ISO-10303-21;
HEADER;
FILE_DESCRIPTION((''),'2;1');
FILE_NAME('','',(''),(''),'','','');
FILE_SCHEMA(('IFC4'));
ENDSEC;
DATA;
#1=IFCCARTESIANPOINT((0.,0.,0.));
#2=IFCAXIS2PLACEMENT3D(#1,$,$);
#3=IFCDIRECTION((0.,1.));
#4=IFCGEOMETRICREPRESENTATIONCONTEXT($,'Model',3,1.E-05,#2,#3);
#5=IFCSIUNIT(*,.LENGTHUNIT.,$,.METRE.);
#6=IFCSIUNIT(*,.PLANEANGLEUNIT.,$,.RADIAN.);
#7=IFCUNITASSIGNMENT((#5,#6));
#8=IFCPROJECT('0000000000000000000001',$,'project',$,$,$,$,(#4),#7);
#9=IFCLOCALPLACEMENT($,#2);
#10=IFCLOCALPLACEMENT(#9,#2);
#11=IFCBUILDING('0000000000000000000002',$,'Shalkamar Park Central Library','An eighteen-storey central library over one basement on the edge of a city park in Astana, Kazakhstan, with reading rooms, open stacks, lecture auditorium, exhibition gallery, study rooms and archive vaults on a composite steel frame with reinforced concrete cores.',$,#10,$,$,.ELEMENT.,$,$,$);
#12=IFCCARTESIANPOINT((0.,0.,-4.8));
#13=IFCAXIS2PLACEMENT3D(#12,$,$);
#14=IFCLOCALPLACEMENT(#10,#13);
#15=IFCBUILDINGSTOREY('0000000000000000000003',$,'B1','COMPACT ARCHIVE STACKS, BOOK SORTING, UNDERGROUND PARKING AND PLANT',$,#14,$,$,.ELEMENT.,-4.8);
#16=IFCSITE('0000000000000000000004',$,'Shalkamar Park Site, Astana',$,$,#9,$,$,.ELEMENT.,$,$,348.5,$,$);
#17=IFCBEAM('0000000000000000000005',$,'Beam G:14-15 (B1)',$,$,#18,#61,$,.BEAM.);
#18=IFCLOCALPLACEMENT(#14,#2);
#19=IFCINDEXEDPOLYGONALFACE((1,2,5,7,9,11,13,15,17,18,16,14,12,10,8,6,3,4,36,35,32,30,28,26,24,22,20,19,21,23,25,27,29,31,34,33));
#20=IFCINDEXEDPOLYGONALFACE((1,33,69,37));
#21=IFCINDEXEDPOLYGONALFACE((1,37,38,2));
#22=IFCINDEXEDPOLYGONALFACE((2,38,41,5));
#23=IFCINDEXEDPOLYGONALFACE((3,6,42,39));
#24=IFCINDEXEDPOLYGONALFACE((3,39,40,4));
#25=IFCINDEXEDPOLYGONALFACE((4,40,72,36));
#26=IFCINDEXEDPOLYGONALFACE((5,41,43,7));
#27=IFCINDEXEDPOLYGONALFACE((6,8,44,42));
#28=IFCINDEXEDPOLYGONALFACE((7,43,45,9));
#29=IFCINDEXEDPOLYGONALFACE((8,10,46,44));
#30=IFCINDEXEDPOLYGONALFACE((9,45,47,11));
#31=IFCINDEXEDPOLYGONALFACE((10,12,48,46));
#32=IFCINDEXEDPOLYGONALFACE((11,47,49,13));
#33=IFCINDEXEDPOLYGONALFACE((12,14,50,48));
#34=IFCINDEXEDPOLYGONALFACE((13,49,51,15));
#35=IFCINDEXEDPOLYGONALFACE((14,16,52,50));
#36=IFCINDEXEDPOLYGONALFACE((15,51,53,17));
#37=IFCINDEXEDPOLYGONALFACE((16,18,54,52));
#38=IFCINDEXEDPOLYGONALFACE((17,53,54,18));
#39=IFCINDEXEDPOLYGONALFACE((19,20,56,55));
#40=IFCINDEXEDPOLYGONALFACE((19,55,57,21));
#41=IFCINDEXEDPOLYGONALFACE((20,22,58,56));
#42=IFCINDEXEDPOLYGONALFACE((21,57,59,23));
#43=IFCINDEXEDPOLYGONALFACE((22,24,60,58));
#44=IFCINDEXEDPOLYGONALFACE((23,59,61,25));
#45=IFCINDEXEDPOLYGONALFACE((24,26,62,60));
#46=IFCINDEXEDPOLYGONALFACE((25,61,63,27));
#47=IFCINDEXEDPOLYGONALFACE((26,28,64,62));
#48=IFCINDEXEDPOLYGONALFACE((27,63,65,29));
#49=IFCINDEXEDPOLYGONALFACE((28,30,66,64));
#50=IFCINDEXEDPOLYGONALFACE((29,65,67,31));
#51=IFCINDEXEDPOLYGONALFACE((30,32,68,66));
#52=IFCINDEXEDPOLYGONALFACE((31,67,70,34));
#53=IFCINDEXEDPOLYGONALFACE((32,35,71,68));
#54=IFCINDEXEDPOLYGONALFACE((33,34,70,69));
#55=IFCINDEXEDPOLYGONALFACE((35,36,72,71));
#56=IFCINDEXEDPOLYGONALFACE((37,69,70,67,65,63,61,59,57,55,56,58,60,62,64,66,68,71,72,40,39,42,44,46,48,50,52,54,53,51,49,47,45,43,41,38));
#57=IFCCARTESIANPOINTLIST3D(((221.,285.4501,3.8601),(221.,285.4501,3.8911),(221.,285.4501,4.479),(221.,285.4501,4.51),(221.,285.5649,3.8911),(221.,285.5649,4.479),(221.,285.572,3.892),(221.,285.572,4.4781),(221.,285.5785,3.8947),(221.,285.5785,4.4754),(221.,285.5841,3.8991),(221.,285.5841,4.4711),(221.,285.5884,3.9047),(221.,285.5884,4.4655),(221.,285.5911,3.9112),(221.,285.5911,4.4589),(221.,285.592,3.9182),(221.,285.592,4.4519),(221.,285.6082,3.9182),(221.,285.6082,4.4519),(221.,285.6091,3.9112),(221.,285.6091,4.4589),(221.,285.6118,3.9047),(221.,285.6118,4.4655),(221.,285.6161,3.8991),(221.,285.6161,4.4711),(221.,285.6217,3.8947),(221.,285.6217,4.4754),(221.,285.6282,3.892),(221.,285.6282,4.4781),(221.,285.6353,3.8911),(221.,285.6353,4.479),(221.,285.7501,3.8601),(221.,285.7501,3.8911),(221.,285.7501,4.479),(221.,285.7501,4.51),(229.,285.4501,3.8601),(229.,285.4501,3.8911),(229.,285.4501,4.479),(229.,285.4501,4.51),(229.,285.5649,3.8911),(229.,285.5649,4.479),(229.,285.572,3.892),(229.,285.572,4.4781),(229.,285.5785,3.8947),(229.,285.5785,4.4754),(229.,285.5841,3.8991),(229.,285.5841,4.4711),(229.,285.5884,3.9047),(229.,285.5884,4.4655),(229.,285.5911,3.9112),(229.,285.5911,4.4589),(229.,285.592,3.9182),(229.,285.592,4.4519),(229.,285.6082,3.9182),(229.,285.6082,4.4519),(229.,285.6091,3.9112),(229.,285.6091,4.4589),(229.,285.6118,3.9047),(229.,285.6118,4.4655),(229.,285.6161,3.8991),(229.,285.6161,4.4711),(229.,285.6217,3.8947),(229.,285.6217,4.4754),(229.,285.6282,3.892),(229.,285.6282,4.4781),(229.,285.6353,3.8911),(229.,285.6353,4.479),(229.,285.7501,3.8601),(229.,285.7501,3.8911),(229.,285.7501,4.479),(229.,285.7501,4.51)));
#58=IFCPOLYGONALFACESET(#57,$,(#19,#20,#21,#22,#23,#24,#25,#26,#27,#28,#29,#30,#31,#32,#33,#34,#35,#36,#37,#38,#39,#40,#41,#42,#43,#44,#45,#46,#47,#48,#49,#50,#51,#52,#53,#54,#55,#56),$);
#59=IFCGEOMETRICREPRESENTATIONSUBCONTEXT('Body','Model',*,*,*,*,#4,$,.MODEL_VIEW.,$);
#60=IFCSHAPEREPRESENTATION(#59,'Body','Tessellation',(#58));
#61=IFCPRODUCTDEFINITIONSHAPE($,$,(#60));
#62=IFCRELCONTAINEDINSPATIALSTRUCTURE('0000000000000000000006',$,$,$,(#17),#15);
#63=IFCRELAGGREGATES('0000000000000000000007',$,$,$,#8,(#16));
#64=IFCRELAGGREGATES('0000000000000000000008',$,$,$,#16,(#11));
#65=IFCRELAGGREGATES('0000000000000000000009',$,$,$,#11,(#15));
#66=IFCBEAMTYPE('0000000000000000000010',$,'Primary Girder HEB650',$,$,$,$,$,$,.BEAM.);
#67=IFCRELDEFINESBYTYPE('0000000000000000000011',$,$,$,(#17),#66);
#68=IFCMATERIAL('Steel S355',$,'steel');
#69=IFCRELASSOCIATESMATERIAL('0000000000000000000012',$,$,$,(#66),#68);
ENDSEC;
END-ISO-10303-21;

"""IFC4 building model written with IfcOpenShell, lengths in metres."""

from ifc_helpers import new_model, si_unit, direction, frame, origin, origin_2d, place, context, subcontext, project, spatial, i_section, extrude, material, material_profile, profile_set, type_object, element, save


model = new_model("IFC4")

# Units and contexts
model_context = context("Model", 3, precision=1e-05, world=origin(), true_north=direction((0.0, 1.0)))
body_context = subcontext(model_context, "Body", "Model", "MODEL_VIEW")
ifc_project = project(units=[si_unit("LENGTHUNIT", "METRE"), si_unit("PLANEANGLEUNIT", "RADIAN")], contexts=[model_context])

# Site, building, storey
site_placement = place(None, origin())
site = spatial("IfcSite", under=ifc_project, at=site_placement, Name="Shalkamar Park Site, Astana", CompositionType="ELEMENT", RefElevation=348.5)
building_placement = place(site_placement, origin())
building = spatial("IfcBuilding", under=site, at=building_placement, Name="Shalkamar Park Central Library", Description="An eighteen-storey central library over one basement on the edge of a city park in Astana, Kazakhstan, with reading rooms, open stacks, lecture auditorium, exhibition gallery, study rooms and archive vaults on a composite steel frame with reinforced concrete cores.", CompositionType="ELEMENT")
storey_placement = place(building_placement, frame((0.0, 0.0, -4.8)))
storey = spatial("IfcBuildingStorey", under=building, at=storey_placement, Name="B1", Description="COMPACT ARCHIVE STACKS, BOOK SORTING, UNDERGROUND PARKING AND PLANT", CompositionType="ELEMENT", Elevation=-4.8)

# Shared definitions
ifc_material_1 = material(Name="Steel S355", Category="steel")

# Beam
ifc_material_profile_1 = material_profile(ifc_material_1, i_section(OverallWidth=0.3, OverallDepth=0.6499, WebThickness=0.0161, FlangeThickness=0.031, FilletRadius=0.0271, at=origin_2d()), Name="HEB 650")
ifc_profile_set_1 = profile_set([ifc_material_profile_1], Name="Steel S355")
beam_type_1 = type_object("IfcBeamType", Name="Primary Girder HEB650", PredefinedType="BEAM", material=ifc_profile_set_1)
for number, where, z_axis, x_axis, name in (
    (1, (221.0, 285.6001, 4.1851), (1.0, 0.0, 0.0), (0.0, 1.0, 0.0), "Beam G:14-15 (B1)"),
):
    element("IfcBeam", number, at=place(storey_placement, frame(where, z_axis=z_axis, x_axis=x_axis)), inside=storey, type_object=beam_type_1, Name=name, PredefinedType="BEAM", context=body_context, shape_type="SweptSolid", body=[
        extrude(i_section(OverallWidth=0.3, OverallDepth=0.6499, WebThickness=0.0161, FlangeThickness=0.031, FilletRadius=0.0271, at=origin_2d()), origin(), (0.0, 0.0, 1.0), 8.0),
    ])

save(model, "model.ifc")
